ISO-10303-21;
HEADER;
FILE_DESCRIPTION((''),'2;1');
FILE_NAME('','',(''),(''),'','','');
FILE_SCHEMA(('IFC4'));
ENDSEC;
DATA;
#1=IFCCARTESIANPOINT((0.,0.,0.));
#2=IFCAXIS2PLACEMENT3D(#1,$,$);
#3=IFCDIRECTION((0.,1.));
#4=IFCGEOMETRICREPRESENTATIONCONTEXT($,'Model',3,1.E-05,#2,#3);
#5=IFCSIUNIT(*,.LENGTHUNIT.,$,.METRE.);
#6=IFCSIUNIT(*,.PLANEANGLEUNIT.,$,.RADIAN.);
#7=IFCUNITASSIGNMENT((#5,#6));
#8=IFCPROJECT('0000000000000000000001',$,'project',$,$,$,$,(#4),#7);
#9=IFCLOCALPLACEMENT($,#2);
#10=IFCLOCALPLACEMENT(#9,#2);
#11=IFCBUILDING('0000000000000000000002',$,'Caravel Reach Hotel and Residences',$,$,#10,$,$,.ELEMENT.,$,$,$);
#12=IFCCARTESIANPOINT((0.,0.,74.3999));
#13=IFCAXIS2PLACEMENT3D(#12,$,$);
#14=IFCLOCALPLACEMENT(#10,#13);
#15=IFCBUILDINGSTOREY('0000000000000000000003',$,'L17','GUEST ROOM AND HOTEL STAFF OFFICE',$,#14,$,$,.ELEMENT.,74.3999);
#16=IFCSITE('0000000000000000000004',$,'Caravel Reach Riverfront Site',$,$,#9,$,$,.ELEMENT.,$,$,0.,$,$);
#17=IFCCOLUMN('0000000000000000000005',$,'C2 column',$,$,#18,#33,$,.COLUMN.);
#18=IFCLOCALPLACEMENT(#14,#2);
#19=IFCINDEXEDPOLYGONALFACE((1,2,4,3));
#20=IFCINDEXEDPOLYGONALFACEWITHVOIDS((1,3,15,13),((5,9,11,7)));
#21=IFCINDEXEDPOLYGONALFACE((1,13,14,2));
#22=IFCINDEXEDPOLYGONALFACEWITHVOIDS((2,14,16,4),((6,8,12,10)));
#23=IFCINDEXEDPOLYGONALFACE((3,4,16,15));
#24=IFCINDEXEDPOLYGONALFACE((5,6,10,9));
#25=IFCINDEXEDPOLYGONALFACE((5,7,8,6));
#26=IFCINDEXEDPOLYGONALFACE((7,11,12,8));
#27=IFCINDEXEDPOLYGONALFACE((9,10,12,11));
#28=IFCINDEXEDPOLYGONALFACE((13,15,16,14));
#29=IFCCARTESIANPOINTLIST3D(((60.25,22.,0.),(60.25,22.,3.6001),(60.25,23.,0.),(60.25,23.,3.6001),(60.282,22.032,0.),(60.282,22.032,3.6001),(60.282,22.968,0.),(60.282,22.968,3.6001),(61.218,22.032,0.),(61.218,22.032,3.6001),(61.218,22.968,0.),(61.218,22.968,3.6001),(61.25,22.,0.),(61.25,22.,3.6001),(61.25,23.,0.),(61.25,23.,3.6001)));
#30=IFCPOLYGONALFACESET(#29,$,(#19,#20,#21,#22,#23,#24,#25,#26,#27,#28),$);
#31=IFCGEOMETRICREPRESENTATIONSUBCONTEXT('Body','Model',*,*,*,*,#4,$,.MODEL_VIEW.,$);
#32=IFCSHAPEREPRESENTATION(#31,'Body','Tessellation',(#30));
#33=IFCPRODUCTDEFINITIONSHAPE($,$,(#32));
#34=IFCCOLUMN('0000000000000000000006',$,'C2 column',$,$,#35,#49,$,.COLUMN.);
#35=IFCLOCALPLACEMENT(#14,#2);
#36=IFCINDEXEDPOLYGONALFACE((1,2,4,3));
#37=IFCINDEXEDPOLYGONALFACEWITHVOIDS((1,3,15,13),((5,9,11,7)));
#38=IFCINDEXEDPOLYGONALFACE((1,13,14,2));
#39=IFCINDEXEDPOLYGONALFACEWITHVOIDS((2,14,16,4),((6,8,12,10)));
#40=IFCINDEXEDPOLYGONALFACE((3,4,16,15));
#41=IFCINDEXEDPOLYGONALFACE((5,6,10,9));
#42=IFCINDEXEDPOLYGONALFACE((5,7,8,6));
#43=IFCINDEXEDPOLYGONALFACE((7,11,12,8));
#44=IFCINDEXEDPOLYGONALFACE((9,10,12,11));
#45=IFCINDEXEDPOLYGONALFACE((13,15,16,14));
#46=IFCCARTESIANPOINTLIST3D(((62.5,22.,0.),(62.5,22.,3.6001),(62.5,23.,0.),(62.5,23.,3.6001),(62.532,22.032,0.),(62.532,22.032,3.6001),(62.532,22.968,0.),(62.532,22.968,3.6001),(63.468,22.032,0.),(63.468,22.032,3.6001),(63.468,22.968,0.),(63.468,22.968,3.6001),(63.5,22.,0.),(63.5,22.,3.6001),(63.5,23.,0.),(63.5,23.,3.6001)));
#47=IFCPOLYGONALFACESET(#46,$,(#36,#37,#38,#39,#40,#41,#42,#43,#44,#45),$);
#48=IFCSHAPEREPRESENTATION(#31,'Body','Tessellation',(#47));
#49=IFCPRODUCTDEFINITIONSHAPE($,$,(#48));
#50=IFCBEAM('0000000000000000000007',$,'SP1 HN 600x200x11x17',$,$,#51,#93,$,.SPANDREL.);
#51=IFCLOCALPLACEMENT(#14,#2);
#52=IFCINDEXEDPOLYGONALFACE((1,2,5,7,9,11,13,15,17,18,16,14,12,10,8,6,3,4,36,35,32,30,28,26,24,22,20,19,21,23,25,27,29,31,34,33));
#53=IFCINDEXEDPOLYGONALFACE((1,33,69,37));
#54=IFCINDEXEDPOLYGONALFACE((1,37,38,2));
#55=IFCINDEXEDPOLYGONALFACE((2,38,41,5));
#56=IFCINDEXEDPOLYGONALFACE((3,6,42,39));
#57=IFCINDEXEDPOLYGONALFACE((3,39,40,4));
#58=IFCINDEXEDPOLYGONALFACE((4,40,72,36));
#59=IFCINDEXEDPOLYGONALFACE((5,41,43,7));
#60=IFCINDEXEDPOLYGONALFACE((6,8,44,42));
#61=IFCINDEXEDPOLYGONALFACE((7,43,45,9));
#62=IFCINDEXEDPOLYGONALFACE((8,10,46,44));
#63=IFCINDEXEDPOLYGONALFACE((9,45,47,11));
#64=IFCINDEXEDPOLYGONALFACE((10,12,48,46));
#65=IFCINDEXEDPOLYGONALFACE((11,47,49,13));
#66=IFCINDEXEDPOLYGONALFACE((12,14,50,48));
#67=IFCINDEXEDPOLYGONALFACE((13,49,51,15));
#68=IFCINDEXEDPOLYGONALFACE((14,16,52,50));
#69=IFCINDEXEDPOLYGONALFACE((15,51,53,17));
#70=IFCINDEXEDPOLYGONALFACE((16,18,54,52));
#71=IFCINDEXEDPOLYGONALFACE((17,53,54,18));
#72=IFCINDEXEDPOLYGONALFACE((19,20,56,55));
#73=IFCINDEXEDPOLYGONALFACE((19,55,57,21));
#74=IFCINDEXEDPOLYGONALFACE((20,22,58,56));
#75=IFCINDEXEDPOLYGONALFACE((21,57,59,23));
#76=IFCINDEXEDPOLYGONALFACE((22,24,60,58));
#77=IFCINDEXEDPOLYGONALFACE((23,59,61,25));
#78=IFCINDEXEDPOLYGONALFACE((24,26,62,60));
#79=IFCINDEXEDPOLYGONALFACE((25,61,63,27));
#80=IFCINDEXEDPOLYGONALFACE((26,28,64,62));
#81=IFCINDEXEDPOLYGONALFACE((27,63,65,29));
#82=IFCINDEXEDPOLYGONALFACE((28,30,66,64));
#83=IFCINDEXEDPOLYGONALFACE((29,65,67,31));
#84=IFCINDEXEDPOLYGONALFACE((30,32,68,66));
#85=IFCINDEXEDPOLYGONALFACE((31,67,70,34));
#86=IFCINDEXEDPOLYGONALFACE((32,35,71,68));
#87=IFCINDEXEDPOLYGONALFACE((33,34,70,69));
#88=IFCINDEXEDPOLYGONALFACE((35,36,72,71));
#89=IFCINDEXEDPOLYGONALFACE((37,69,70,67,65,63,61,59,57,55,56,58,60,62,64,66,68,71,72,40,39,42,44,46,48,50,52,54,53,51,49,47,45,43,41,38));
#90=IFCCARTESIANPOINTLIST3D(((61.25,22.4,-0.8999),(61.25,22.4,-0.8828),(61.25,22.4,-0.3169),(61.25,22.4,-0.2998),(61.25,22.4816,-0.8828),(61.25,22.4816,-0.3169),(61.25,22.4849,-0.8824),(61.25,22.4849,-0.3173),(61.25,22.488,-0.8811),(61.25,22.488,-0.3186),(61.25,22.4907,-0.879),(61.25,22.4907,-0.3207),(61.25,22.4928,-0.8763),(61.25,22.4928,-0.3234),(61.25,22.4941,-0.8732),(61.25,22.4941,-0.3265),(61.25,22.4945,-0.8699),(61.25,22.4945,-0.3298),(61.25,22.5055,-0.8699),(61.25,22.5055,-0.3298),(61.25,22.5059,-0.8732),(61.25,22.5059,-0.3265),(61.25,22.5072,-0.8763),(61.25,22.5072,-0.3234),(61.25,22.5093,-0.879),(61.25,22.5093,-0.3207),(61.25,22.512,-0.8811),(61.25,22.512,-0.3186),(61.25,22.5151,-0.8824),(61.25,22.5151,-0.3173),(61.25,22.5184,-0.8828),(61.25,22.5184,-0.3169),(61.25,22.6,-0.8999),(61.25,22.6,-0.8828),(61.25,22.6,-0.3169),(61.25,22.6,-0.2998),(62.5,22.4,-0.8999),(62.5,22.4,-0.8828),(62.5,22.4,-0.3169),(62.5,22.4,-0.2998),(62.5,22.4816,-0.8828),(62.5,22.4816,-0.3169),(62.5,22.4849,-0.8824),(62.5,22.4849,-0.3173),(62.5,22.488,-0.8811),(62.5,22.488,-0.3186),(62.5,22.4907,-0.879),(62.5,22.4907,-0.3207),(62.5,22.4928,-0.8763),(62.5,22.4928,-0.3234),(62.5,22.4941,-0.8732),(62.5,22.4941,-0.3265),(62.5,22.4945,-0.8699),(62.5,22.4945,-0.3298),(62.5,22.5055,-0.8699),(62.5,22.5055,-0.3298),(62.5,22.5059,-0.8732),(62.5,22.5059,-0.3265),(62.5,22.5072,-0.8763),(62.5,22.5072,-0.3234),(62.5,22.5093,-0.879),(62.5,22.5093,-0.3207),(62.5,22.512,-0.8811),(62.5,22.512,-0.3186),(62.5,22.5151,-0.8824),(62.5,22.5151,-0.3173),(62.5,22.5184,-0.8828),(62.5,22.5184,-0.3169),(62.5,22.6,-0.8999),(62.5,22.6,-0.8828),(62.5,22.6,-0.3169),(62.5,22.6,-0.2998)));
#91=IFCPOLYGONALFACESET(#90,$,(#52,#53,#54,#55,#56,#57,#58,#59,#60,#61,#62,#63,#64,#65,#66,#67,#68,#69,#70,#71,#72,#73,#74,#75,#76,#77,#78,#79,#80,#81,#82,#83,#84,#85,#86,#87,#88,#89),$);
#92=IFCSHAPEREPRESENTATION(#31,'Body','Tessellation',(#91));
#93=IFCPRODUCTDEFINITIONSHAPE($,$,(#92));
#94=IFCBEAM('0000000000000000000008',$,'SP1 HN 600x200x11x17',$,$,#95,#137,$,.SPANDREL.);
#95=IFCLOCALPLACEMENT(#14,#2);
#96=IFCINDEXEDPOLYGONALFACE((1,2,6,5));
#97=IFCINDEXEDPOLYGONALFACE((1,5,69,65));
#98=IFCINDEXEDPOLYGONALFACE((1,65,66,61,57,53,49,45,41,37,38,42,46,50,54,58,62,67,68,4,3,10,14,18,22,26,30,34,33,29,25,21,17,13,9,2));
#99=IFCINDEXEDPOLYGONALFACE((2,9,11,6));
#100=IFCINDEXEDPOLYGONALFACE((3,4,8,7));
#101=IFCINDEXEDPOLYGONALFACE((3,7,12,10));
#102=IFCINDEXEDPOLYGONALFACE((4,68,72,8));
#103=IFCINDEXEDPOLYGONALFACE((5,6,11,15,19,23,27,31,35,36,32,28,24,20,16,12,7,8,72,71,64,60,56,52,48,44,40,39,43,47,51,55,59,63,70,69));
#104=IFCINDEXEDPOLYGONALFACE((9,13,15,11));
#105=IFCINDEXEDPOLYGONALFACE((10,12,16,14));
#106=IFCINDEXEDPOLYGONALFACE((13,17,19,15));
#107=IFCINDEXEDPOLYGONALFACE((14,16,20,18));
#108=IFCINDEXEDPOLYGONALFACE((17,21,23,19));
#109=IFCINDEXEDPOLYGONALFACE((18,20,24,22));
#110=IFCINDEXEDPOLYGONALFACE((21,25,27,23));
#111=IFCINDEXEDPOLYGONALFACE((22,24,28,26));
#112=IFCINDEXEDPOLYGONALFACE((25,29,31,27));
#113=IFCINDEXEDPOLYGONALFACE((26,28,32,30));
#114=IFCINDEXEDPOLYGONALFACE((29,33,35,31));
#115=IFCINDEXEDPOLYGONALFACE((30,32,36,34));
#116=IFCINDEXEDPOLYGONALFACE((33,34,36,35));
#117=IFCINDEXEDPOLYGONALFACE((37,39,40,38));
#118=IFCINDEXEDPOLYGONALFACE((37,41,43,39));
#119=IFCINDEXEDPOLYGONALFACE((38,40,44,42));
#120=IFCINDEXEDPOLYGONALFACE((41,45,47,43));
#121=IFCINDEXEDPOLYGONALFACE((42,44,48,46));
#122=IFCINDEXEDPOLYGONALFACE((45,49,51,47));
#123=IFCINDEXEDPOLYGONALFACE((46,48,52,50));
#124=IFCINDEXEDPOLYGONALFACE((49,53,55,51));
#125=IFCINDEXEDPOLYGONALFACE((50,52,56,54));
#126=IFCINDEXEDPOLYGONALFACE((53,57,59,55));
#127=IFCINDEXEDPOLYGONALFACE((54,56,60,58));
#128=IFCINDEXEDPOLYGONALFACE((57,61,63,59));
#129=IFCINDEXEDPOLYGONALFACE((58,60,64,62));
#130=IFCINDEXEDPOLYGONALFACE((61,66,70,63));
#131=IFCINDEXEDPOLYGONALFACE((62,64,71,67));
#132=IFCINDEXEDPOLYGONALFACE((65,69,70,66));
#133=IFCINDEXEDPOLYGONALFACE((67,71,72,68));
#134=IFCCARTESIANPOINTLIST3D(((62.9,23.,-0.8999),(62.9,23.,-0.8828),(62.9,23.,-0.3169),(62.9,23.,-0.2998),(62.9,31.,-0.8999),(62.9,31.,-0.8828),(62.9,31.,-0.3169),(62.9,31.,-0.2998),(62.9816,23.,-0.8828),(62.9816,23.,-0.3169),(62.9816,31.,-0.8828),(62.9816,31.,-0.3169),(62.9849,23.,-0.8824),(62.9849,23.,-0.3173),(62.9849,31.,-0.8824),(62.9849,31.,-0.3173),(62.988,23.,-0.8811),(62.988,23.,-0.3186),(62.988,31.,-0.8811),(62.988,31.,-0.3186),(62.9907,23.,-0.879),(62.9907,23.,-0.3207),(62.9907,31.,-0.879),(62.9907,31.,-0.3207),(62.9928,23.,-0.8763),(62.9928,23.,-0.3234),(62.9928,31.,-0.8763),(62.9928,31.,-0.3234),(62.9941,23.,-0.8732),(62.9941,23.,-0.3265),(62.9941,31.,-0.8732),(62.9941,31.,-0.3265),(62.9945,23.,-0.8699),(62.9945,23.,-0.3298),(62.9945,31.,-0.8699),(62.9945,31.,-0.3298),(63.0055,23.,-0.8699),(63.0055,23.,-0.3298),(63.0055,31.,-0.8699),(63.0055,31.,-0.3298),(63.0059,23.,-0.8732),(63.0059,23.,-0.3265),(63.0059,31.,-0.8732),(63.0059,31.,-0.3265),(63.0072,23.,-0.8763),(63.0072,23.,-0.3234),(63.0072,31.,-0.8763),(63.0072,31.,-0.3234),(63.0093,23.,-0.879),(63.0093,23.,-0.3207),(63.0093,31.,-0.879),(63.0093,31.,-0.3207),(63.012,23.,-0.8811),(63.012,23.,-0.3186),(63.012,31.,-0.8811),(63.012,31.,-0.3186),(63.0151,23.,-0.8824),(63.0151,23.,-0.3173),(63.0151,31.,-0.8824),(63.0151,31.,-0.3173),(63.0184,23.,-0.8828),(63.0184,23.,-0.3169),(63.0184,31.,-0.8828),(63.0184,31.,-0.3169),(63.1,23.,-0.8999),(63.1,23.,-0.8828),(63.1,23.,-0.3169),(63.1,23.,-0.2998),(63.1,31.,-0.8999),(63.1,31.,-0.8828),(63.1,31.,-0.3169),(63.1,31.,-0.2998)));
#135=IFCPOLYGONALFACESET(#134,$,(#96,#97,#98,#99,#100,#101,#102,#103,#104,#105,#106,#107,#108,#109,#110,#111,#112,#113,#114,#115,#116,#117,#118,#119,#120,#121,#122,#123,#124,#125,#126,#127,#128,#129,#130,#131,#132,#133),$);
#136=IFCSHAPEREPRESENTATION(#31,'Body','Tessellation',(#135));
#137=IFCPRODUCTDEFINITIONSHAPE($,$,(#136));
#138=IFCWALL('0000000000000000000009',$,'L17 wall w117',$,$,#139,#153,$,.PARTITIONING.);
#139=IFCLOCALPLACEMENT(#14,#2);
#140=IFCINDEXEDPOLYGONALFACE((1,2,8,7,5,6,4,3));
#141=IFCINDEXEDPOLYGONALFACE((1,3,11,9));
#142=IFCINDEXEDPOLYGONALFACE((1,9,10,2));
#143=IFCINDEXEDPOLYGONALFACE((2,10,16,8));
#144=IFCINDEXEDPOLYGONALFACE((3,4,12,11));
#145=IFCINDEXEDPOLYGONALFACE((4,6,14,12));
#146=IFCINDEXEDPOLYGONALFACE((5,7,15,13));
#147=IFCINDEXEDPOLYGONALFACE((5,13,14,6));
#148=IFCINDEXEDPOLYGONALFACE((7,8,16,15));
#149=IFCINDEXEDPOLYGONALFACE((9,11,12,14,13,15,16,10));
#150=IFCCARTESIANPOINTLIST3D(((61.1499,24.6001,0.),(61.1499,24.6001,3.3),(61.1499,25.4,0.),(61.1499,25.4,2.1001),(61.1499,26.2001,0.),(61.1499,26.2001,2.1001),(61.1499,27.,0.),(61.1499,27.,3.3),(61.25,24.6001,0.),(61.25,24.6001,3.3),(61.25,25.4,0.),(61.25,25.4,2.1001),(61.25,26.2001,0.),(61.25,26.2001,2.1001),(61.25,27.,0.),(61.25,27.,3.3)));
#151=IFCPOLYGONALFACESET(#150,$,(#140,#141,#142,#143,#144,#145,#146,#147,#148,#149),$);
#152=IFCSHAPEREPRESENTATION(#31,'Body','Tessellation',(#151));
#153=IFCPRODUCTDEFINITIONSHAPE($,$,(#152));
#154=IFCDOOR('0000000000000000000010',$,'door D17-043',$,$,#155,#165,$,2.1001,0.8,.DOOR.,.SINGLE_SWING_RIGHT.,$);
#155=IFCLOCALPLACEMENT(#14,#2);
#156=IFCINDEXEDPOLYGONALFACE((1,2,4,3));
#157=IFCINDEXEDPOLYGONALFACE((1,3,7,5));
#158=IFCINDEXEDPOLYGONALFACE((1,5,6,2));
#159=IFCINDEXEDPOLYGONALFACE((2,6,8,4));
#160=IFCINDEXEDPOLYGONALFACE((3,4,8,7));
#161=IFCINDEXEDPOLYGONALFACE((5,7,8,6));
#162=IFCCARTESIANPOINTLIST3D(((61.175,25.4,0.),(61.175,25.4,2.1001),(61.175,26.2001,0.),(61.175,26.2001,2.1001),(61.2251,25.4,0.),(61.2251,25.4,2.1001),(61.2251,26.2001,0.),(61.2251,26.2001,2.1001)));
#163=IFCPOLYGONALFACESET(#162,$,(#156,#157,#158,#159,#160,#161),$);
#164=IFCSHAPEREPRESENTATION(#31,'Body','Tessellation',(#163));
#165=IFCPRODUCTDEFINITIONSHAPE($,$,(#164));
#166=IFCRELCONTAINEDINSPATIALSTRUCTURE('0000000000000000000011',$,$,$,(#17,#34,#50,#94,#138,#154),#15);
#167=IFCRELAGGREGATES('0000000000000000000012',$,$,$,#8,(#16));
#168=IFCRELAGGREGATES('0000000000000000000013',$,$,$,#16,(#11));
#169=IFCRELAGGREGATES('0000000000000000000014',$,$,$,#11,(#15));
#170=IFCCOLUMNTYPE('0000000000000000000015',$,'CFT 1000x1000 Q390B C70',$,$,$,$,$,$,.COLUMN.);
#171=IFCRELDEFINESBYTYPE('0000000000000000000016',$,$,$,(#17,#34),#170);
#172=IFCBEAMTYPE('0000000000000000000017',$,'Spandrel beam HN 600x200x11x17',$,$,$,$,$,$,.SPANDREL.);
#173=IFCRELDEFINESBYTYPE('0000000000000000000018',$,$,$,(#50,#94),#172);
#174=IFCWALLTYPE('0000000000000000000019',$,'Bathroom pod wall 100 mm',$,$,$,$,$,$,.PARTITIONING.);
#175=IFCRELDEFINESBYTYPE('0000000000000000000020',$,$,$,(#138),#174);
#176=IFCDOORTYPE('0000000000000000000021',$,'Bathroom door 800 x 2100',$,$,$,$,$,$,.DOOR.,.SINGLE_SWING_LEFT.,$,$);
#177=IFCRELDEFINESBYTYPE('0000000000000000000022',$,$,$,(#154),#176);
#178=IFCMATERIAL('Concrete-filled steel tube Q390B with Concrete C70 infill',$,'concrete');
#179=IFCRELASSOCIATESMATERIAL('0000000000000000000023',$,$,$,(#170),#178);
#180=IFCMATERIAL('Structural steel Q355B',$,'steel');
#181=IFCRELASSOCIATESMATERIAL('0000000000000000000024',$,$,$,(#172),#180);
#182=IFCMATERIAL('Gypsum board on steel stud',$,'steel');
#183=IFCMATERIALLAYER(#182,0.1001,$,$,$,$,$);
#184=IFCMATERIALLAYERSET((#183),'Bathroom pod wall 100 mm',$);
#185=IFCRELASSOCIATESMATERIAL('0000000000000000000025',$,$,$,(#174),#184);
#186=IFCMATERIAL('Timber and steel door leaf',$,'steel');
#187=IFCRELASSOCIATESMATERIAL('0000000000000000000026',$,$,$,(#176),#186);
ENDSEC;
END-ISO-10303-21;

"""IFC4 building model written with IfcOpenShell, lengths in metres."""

from ifc_helpers import new_model, si_unit, direction, frame, frame_2d, origin, origin_2d, place, context, subcontext, project, spatial, rectangle, hollow_rectangle, i_section, extrude, material, layer, layer_set, material_profile, profile_set, type_object, element, fill, save


model = new_model("IFC4")

# Units and contexts
model_context = context("Model", 3, precision=1e-05, world=origin(), true_north=direction((0.0, 1.0)))
body_context = subcontext(model_context, "Body", "Model", "MODEL_VIEW")
ifc_project = project(units=[si_unit("LENGTHUNIT", "METRE"), si_unit("PLANEANGLEUNIT", "RADIAN")], contexts=[model_context])

# Site, building, storey
site_placement = place(None, origin())
site = spatial("IfcSite", under=ifc_project, at=site_placement, Name="Caravel Reach Riverfront Site", CompositionType="ELEMENT", RefElevation=0.0)
building_placement = place(site_placement, origin())
building = spatial("IfcBuilding", under=site, at=building_placement, Name="Caravel Reach Hotel and Residences", CompositionType="ELEMENT")
storey_placement = place(building_placement, frame((0.0, 0.0, 74.3999)))
storey = spatial("IfcBuildingStorey", under=building, at=storey_placement, Name="L17", Description="GUEST ROOM AND HOTEL STAFF OFFICE", CompositionType="ELEMENT", Elevation=74.3999)

# Columns
ifc_material_1 = material(Name="Concrete-filled steel tube Q390B with Concrete C70 infill", Category="concrete")
ifc_material_profile_1 = material_profile(ifc_material_1, hollow_rectangle(XDim=1.0, YDim=1.0, WallThickness=0.032, at=origin_2d()), Name="RHS 1000x1000x32")
ifc_profile_set_1 = profile_set([ifc_material_profile_1], Name="Concrete-filled steel tube Q390B with Concrete C70 infill")
column_type = type_object("IfcColumnType", Name="CFT 1000x1000 Q390B C70", PredefinedType="COLUMN", material=ifc_profile_set_1)
for number, where, z_axis, x_axis, name in (
    (1, (60.75, 22.5, 0.0), (0.0, 0.0, 1.0), (1.0, 0.0, 0.0), "C2 column"),
    (2, (63.0, 22.5, 0.0), (0.0, 0.0, 1.0), (1.0, 0.0, 0.0), "C2 column"),
):
    element("IfcColumn", number, at=place(storey_placement, frame(where, z_axis=z_axis, x_axis=x_axis)), inside=storey, type_object=column_type, Name=name, PredefinedType="COLUMN", context=body_context, shape_type="SweptSolid", body=[
        extrude(hollow_rectangle(XDim=1.0, YDim=1.0, WallThickness=0.032, at=origin_2d()), origin(), (0.0, 0.0, 1.0), 3.6001),
    ])

# Beams
ifc_material_2 = material(Name="Structural steel Q355B", Category="steel")
ifc_material_profile_2 = material_profile(ifc_material_2, i_section(OverallWidth=0.2, OverallDepth=0.6001, WebThickness=0.011, FlangeThickness=0.0171, FilletRadius=0.0129, at=origin_2d()), Name="HN 600x200x11x17")
ifc_profile_set_2 = profile_set([ifc_material_profile_2], Name="Structural steel Q355B")
beam_type = type_object("IfcBeamType", Name="Spandrel beam HN 600x200x11x17", PredefinedType="SPANDREL", material=ifc_profile_set_2)
beam_1_placement = place(storey_placement, frame((61.25, 22.5, -0.5999), z_axis=(1.0, 0.0, 0.0), x_axis=(0.0, 1.0, 0.0)))
element("IfcBeam", 3, at=beam_1_placement, inside=storey, type_object=beam_type, Name="SP1 HN 600x200x11x17", PredefinedType="SPANDREL", context=body_context, shape_type="SweptSolid", body=[
    extrude(i_section(OverallWidth=0.2, OverallDepth=0.6001, WebThickness=0.011, FlangeThickness=0.0171, FilletRadius=0.0129, at=origin_2d()), origin(), (0.0, 0.0, 1.0), 1.25),
])
beam_2_placement = place(storey_placement, frame((63.0, 23.0, -0.5999), z_axis=(0.0, 1.0, 0.0), x_axis=(-1.0, 0.0, 0.0)))
element("IfcBeam", 4, at=beam_2_placement, inside=storey, type_object=beam_type, Name="SP1 HN 600x200x11x17", PredefinedType="SPANDREL", context=body_context, shape_type="SweptSolid", body=[
    extrude(i_section(OverallWidth=0.2, OverallDepth=0.6001, WebThickness=0.011, FlangeThickness=0.0171, FilletRadius=0.0129, at=origin_2d()), origin(), (0.0, 0.0, 1.0), 8.0),
])

# Wall, opening, door
ifc_material_3 = material(Name="Gypsum board on steel stud", Category="steel")
ifc_layer_1 = layer(ifc_material_3, 0.1001)
ifc_layer_set_1 = layer_set([ifc_layer_1], Name="Bathroom pod wall 100 mm")
wall_type_1 = type_object("IfcWallType", Name="Bathroom pod wall 100 mm", PredefinedType="PARTITIONING", material=ifc_layer_set_1)
wall_1_placement = place(storey_placement, frame((61.2, 24.6001, 0.0), z_axis=(0.0, 0.0, 1.0), x_axis=(0.0, 1.0, 0.0)))
wall_1 = element("IfcWall", 5, at=wall_1_placement, inside=storey, type_object=wall_type_1, Name="L17 wall w117", PredefinedType="PARTITIONING", context=body_context, shape_type="SweptSolid", body=[
    extrude(rectangle(XDim=2.3999, YDim=0.1001, at=frame_2d((1.2, 0.0))), origin(), (0.0, 0.0, 1.0), 3.3),
])
opening_1_placement = place(wall_1_placement, frame((0.8, 0.0, 0.0)))
opening_1 = element("IfcOpeningElement", 6, at=opening_1_placement, cuts=wall_1, PredefinedType="OPENING", context=body_context, shape_type="SweptSolid", body=[
    extrude(rectangle(XDim=0.8, YDim=2.1001, at=frame_2d((0.3999, 1.05))), frame((0.0, 0.0601, 0.0), z_axis=(0.0, -1.0, 0.0), x_axis=(1.0, 0.0, 0.0)), (0.0, 0.0, 1.0), 0.1201),
])
ifc_material_4 = material(Name="Timber and steel door leaf", Category="steel")
door_type = type_object("IfcDoorType", Name="Bathroom door 800 x 2100", OperationType="SINGLE_SWING_LEFT", PredefinedType="DOOR", material=ifc_material_4)
door_placement = place(opening_1_placement, origin())
door = element("IfcDoor", 7, at=door_placement, inside=storey, type_object=door_type, Name="door D17-043", OperationType="SINGLE_SWING_RIGHT", OverallHeight=2.1001, OverallWidth=0.8, PredefinedType="DOOR", context=body_context, shape_type="SweptSolid", body=[
    extrude(rectangle(XDim=0.8, YDim=2.1001, at=frame_2d((0.3999, 1.05))), frame((0.0, 0.0249, 0.0), z_axis=(0.0, -1.0, 0.0), x_axis=(1.0, 0.0, 0.0)), (0.0, 0.0, 1.0), 0.05),
])
fill(opening_1, door)

save(model, "model.ifc")
